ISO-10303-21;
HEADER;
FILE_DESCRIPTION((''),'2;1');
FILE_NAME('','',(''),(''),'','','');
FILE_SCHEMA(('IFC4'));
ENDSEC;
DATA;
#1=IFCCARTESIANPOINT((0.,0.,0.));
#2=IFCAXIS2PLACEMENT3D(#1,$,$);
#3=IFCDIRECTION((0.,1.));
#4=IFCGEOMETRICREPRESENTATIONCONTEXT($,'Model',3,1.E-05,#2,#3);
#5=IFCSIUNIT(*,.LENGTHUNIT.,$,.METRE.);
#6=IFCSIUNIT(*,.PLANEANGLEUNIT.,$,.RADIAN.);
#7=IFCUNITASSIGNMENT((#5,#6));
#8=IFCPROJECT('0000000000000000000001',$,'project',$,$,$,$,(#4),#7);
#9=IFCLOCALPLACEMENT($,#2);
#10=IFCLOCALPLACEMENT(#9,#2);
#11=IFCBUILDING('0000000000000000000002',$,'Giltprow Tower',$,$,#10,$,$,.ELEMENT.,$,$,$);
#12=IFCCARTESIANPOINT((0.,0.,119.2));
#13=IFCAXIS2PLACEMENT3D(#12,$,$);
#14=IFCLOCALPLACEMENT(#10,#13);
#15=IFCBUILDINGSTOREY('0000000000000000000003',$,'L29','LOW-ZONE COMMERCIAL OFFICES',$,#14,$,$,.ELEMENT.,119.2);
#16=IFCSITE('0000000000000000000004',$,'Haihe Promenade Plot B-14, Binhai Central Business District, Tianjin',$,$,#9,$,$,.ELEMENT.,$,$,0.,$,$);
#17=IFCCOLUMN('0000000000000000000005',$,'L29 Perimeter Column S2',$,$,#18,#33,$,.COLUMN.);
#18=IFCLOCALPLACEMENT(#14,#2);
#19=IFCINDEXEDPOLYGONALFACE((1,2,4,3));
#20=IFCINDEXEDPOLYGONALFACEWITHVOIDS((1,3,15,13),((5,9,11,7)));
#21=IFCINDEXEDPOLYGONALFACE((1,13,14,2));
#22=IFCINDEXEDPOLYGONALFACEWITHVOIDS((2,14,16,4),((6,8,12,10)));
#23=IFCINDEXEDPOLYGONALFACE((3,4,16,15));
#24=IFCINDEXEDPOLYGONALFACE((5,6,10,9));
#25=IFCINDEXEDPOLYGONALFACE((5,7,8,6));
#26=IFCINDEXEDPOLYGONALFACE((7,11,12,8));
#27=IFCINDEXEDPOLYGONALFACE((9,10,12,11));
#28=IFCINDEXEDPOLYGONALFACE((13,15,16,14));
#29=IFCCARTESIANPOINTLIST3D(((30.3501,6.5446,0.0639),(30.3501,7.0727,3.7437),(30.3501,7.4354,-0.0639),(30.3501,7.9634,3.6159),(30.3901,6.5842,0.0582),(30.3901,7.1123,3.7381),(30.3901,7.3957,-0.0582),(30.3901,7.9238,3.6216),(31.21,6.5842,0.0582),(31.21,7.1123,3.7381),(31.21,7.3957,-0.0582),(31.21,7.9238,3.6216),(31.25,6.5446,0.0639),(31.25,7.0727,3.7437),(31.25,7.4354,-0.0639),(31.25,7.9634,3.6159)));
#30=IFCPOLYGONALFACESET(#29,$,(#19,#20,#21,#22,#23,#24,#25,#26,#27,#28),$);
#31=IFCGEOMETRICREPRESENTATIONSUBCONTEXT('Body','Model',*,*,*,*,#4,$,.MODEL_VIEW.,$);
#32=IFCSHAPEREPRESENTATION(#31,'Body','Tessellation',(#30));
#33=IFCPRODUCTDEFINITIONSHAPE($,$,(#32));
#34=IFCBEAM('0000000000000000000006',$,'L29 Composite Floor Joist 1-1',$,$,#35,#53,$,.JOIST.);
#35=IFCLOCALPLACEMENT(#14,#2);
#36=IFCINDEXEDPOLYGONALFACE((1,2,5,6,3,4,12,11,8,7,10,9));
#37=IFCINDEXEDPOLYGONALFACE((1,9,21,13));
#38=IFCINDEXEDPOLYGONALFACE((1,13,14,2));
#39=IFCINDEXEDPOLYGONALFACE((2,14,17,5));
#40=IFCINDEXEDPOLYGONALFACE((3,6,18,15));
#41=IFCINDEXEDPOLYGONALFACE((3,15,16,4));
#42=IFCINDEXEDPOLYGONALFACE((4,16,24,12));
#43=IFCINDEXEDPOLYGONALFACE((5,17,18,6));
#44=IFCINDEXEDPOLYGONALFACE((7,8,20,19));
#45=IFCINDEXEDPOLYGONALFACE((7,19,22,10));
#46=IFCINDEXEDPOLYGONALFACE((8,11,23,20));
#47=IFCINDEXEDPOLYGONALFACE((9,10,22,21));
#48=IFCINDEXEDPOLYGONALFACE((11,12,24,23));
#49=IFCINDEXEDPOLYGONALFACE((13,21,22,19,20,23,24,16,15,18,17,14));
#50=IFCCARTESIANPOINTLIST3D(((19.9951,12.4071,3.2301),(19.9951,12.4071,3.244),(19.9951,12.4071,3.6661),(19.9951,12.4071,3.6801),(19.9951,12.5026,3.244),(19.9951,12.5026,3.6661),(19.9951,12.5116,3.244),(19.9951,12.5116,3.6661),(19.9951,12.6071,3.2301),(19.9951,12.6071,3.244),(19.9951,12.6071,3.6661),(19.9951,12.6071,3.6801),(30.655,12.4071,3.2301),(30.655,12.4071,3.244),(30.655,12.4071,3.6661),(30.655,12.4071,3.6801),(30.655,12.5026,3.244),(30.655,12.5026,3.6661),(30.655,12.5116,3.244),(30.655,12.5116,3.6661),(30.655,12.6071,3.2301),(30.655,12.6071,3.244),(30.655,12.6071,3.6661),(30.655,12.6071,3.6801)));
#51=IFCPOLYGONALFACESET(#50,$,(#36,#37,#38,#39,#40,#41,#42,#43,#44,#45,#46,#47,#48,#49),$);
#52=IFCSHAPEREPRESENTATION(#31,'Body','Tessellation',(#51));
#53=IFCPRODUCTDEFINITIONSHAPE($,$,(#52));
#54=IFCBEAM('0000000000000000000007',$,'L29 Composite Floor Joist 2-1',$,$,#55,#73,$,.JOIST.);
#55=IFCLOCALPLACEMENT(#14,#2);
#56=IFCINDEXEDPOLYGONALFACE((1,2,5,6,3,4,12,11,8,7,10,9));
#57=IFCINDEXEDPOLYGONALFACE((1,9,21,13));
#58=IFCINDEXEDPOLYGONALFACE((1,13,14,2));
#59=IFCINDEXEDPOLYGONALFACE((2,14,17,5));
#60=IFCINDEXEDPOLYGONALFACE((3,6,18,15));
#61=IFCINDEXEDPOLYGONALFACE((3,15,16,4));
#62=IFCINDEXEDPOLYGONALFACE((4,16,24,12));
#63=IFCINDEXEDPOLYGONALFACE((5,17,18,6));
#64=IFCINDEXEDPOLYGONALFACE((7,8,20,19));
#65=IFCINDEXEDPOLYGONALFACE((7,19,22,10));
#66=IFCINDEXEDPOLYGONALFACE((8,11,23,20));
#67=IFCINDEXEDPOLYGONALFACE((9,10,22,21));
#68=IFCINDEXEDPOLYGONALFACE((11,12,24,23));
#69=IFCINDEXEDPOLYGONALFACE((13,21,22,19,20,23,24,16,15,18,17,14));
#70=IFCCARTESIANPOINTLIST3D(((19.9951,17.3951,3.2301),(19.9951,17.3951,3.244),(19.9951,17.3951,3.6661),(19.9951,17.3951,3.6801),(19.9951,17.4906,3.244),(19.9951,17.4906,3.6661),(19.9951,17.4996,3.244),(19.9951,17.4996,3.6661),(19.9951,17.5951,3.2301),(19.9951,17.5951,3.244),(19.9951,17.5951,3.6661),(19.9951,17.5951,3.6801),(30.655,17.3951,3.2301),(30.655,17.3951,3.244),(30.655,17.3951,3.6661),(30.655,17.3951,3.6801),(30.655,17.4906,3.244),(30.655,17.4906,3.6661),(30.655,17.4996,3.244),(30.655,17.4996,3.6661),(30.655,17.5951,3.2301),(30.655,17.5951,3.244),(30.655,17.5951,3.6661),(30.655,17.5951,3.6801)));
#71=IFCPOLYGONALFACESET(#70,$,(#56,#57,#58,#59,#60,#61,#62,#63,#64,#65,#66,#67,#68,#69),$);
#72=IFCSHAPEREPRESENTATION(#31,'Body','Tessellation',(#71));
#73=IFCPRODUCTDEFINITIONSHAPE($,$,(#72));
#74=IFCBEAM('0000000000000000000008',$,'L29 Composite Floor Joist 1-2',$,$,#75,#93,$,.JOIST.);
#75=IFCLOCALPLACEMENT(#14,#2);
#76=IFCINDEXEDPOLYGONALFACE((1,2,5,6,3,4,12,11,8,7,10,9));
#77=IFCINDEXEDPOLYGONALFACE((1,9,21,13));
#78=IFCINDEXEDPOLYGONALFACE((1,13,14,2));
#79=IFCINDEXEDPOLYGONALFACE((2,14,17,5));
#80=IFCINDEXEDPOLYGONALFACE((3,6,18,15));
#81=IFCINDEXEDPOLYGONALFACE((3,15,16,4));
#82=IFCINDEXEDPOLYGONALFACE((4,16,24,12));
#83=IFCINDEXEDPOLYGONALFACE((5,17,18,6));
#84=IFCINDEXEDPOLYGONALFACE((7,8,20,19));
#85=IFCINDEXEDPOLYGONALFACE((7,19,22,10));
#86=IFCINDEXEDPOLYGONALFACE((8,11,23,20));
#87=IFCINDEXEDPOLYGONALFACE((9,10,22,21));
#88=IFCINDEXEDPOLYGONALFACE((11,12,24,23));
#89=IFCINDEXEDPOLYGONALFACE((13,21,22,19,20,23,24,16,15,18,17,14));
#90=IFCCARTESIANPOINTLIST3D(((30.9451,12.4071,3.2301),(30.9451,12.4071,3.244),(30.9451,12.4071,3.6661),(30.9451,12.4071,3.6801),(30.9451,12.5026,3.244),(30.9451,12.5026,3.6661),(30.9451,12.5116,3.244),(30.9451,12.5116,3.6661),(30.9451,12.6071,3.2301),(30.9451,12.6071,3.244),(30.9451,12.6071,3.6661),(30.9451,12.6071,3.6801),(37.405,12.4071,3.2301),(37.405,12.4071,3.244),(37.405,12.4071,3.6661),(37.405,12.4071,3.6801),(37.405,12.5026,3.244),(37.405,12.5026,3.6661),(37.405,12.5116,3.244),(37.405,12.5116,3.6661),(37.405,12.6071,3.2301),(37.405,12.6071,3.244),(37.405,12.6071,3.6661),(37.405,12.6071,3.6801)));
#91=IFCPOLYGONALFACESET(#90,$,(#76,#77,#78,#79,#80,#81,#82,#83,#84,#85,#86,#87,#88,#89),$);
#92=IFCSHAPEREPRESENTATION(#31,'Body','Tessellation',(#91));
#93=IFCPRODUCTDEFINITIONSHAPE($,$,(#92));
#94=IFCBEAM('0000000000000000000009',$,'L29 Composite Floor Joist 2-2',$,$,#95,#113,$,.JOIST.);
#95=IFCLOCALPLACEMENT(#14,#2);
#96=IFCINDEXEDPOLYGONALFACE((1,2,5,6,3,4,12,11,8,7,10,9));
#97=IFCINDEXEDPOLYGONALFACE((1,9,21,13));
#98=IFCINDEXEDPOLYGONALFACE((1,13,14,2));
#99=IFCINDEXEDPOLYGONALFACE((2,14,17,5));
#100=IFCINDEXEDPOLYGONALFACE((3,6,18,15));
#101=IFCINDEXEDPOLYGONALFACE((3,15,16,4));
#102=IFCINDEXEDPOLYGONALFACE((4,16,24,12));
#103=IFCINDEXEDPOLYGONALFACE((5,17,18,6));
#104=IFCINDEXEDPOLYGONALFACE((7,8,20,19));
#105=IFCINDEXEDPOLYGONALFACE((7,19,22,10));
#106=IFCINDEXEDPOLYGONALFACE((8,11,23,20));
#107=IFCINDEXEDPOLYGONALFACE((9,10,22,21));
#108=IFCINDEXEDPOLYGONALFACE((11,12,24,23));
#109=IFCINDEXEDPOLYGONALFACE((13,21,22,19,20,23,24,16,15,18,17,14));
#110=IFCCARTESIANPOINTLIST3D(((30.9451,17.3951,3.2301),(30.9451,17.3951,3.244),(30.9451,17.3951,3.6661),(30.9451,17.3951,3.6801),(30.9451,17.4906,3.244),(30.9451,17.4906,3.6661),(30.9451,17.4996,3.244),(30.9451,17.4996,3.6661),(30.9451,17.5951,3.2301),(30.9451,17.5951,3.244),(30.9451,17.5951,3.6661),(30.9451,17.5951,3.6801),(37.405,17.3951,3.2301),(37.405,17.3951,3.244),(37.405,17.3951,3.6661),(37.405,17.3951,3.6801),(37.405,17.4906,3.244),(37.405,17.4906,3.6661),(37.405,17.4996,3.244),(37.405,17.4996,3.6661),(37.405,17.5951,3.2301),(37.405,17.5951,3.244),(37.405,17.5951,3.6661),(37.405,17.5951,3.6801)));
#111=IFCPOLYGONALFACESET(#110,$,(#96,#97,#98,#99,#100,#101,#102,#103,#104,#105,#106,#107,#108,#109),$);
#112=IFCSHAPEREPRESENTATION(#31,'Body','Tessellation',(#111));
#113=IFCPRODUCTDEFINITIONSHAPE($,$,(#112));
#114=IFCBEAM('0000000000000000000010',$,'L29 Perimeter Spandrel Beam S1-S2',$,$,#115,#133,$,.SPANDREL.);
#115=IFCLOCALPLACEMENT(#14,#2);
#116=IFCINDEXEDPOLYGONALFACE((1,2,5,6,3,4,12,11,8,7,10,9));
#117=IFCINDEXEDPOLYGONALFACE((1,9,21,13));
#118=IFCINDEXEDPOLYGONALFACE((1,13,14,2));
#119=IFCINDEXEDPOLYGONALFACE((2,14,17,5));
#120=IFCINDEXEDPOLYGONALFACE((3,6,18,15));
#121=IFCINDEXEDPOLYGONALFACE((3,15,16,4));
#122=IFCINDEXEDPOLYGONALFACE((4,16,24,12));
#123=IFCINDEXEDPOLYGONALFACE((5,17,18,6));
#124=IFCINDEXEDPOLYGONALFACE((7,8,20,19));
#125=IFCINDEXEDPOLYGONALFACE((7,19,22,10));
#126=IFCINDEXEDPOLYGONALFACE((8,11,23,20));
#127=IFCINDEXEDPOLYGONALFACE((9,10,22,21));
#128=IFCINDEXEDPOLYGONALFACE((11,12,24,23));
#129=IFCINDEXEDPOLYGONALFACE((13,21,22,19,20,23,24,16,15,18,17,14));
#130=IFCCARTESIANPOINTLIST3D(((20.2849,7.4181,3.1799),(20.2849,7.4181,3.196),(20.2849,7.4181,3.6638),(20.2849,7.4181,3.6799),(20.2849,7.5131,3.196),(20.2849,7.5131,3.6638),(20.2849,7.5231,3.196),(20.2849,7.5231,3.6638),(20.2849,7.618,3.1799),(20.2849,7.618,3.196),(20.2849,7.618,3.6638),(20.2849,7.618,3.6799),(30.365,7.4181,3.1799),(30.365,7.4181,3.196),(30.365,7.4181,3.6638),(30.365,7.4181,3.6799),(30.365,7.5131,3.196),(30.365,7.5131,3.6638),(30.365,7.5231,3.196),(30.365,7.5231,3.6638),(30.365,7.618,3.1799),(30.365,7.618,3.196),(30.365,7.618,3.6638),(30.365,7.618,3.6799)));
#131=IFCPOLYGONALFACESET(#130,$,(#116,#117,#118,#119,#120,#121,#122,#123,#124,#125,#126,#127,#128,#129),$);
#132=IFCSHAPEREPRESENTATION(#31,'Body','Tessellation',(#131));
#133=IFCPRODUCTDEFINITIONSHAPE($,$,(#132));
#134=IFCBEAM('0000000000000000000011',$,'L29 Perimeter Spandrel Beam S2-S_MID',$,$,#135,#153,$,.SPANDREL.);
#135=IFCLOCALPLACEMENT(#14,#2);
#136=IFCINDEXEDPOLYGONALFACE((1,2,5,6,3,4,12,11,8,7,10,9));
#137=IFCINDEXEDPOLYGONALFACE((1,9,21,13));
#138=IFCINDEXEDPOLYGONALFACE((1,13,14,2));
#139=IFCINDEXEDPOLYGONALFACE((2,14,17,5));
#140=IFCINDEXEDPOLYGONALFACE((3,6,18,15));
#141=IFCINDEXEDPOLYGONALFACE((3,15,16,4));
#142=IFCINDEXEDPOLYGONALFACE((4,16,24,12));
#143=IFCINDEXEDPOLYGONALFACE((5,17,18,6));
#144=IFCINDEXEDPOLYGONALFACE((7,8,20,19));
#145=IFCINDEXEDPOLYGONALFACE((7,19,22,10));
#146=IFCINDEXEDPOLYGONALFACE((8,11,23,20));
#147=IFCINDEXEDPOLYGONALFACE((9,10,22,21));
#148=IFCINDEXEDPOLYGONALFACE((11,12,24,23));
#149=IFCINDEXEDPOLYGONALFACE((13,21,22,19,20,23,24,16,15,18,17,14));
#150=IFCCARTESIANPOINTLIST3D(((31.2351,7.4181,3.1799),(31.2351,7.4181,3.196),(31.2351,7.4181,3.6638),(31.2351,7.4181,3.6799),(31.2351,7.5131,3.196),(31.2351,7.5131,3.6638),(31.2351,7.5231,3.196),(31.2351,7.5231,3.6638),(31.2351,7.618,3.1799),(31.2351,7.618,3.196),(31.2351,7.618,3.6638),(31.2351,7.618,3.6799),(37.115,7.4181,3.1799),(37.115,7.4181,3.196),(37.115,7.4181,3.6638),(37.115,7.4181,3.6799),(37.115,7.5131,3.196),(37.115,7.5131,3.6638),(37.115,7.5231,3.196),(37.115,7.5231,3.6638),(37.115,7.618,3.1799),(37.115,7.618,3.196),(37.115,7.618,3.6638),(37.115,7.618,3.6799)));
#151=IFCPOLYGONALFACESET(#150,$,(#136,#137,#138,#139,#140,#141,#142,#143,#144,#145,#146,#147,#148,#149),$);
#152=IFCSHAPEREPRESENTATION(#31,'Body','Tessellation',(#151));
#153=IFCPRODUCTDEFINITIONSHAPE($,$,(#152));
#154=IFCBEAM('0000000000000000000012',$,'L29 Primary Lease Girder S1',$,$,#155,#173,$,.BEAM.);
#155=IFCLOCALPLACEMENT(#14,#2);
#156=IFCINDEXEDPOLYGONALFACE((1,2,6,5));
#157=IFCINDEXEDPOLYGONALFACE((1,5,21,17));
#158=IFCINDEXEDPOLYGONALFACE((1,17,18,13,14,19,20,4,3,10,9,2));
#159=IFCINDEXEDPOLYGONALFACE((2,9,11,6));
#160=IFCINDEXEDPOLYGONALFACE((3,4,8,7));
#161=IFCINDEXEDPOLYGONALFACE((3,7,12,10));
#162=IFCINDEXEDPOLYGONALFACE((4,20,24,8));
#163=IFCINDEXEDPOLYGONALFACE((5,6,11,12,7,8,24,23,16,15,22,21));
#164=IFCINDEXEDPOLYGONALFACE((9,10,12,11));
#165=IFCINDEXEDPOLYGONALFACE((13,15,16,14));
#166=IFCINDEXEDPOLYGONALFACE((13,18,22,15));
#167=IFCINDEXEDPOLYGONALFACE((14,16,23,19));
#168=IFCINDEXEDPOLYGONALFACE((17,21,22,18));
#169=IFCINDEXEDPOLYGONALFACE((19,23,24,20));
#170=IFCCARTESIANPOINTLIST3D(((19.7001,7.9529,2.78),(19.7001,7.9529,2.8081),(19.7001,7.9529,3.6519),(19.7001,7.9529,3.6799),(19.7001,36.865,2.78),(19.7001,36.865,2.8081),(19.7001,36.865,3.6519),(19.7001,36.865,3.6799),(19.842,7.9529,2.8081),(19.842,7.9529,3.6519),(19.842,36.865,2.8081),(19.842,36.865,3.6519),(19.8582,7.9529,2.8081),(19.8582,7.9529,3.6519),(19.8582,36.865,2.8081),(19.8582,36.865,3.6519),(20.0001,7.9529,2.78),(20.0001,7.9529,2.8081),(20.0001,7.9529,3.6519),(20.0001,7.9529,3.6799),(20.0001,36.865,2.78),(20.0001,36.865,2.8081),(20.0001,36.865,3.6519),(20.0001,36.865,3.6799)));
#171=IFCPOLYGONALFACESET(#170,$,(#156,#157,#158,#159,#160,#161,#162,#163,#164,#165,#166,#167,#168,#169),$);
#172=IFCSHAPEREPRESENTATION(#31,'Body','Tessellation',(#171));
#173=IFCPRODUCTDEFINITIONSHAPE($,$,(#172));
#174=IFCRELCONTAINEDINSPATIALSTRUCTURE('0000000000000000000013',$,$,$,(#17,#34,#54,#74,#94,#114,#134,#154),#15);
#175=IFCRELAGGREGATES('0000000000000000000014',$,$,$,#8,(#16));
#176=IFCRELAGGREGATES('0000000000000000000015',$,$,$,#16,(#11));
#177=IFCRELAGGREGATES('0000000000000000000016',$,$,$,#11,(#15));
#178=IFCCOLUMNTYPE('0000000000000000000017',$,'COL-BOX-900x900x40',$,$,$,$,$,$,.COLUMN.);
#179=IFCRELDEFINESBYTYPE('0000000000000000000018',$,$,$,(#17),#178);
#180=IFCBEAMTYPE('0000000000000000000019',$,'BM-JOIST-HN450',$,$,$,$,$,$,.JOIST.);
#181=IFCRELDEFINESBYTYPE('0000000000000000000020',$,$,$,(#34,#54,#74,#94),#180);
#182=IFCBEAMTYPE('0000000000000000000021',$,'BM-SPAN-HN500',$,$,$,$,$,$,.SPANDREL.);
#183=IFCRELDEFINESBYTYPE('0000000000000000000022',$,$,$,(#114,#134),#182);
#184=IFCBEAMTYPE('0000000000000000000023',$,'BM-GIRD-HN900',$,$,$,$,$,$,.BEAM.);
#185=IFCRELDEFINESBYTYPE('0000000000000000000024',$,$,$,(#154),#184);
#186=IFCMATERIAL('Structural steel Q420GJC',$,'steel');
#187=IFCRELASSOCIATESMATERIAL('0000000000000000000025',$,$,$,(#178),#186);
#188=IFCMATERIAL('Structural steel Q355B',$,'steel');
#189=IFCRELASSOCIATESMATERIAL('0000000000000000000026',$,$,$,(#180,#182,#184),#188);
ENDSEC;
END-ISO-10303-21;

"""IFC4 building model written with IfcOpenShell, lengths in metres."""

from ifc_helpers import new_model, si_unit, direction, frame, origin, origin_2d, place, context, subcontext, project, spatial, hollow_rectangle, i_section, extrude, source, transform, mapped, material, material_profile, profile_set, type_object, element, save


model = new_model("IFC4")

# Units and contexts
model_context = context("Model", 3, precision=1e-05, world=origin(), true_north=direction((0.0, 1.0)))
body_context = subcontext(model_context, "Body", "Model", "MODEL_VIEW")
ifc_project = project(units=[si_unit("LENGTHUNIT", "METRE"), si_unit("PLANEANGLEUNIT", "RADIAN")], contexts=[model_context])

# Site, building, storey
site_placement = place(None, origin())
site = spatial("IfcSite", under=ifc_project, at=site_placement, Name="Haihe Promenade Plot B-14, Binhai Central Business District, Tianjin", CompositionType="ELEMENT", RefElevation=0.0)
building_placement = place(site_placement, origin())
building = spatial("IfcBuilding", under=site, at=building_placement, Name="Giltprow Tower", CompositionType="ELEMENT")
storey_placement = place(building_placement, frame((0.0, 0.0, 119.2)))
storey = spatial("IfcBuildingStorey", under=building, at=storey_placement, Name="L29", Description="LOW-ZONE COMMERCIAL OFFICES", CompositionType="ELEMENT", Elevation=119.2)

# Column
ifc_material_1 = material(Name="Structural steel Q420GJC", Category="steel")
ifc_material_profile_1 = material_profile(ifc_material_1, hollow_rectangle(XDim=0.8999, YDim=0.8999, WallThickness=0.04, at=origin_2d()), Name="BOX 900x900x40")
ifc_profile_set_1 = profile_set([ifc_material_profile_1], Name="Structural steel Q420GJC")
column_type = type_object("IfcColumnType", Name="COL-BOX-900x900x40", PredefinedType="COLUMN", material=ifc_profile_set_1)
shared_shape_1 = source(origin(), body_context, "Body", "SweptSolid", [
    extrude(hollow_rectangle(XDim=0.8999, YDim=0.8999, WallThickness=0.04, at=origin_2d()), origin(), (0.0, 0.0, 1.0), 3.7175),
])
column_placement = place(storey_placement, frame((30.8, 6.99, 0.0), z_axis=(0.0, 0.142047, 0.98986), x_axis=(-1.0, 0.0, 0.0)))
element("IfcColumn", 1, at=column_placement, inside=storey, type_object=column_type, Name="L29 Perimeter Column S2", PredefinedType="COLUMN", context=body_context, shape_type="MappedRepresentation", body=[
    mapped(shared_shape_1, transform((0.0, 0.0, 0.0), x_axis=(1.0, 0.0, 0.0), y_axis=(0.0, 1.0, 0.0), z_axis=(0.0, 0.0, 1.0), scale=1.0)),
])

# Beams
ifc_material_2 = material(Name="Structural steel Q355B", Category="steel")
ifc_material_profile_2 = material_profile(ifc_material_2, i_section(OverallWidth=0.2, OverallDepth=0.45, WebThickness=0.009, FlangeThickness=0.0139, at=origin_2d()), Name="HN 450x200x9x14")
ifc_profile_set_2 = profile_set([ifc_material_profile_2], Name="Structural steel Q355B")
beam_type_1 = type_object("IfcBeamType", Name="BM-JOIST-HN450", PredefinedType="JOIST", material=ifc_profile_set_2)
shared_shape_2 = source(origin(), body_context, "Body", "SweptSolid", [
    extrude(i_section(OverallWidth=0.2, OverallDepth=0.45, WebThickness=0.009, FlangeThickness=0.0139, at=origin_2d()), origin(), (0.0, 0.0, 1.0), 10.6599),
])
for number, where, z_axis, x_axis, name in (
    (2, (19.9951, 12.5071, 3.4551), (1.0, 0.0, 0.0), (0.0, 1.0, 0.0), "L29 Composite Floor Joist 1-1"),
    (3, (19.9951, 17.4951, 3.4551), (1.0, 0.0, 0.0), (0.0, 1.0, 0.0), "L29 Composite Floor Joist 2-1"),
):
    element("IfcBeam", number, at=place(storey_placement, frame(where, z_axis=z_axis, x_axis=x_axis)), inside=storey, type_object=beam_type_1, Name=name, PredefinedType="JOIST", context=body_context, shape_type="MappedRepresentation", body=[
        mapped(shared_shape_2, transform((0.0, 0.0, 0.0), x_axis=(1.0, 0.0, 0.0), y_axis=(0.0, 1.0, 0.0), z_axis=(0.0, 0.0, 1.0), scale=1.0)),
    ])
shared_shape_3 = source(origin(), body_context, "Body", "SweptSolid", [
    extrude(i_section(OverallWidth=0.2, OverallDepth=0.45, WebThickness=0.009, FlangeThickness=0.0139, at=origin_2d()), origin(), (0.0, 0.0, 1.0), 6.46),
])
for number, where, z_axis, x_axis, name in (
    (4, (30.9451, 12.5071, 3.4551), (1.0, 0.0, 0.0), (0.0, 1.0, 0.0), "L29 Composite Floor Joist 1-2"),
    (5, (30.9451, 17.4951, 3.4551), (1.0, 0.0, 0.0), (0.0, 1.0, 0.0), "L29 Composite Floor Joist 2-2"),
):
    element("IfcBeam", number, at=place(storey_placement, frame(where, z_axis=z_axis, x_axis=x_axis)), inside=storey, type_object=beam_type_1, Name=name, PredefinedType="JOIST", context=body_context, shape_type="MappedRepresentation", body=[
        mapped(shared_shape_3, transform((0.0, 0.0, 0.0), x_axis=(1.0, 0.0, 0.0), y_axis=(0.0, 1.0, 0.0), z_axis=(0.0, 0.0, 1.0), scale=1.0)),
    ])
ifc_material_profile_3 = material_profile(ifc_material_2, i_section(OverallWidth=0.2, OverallDepth=0.5, WebThickness=0.01, FlangeThickness=0.0161, at=origin_2d()), Name="HN 500x200x10x16")
ifc_profile_set_3 = profile_set([ifc_material_profile_3], Name="Structural steel Q355B")
beam_type_2 = type_object("IfcBeamType", Name="BM-SPAN-HN500", PredefinedType="SPANDREL", material=ifc_profile_set_3)
shared_shape_4 = source(origin(), body_context, "Body", "SweptSolid", [
    extrude(i_section(OverallWidth=0.2, OverallDepth=0.5, WebThickness=0.01, FlangeThickness=0.0161, at=origin_2d()), origin(), (0.0, 0.0, 1.0), 10.0801),
])
beam_1_placement = place(storey_placement, frame((20.2849, 7.5181, 3.4299), z_axis=(1.0, 0.0, 0.0), x_axis=(0.0, 1.0, 0.0)))
element("IfcBeam", 6, at=beam_1_placement, inside=storey, type_object=beam_type_2, Name="L29 Perimeter Spandrel Beam S1-S2", PredefinedType="SPANDREL", context=body_context, shape_type="MappedRepresentation", body=[
    mapped(shared_shape_4, transform((0.0, 0.0, 0.0), x_axis=(1.0, 0.0, 0.0), y_axis=(0.0, 1.0, 0.0), z_axis=(0.0, 0.0, 1.0), scale=1.0)),
])
shared_shape_5 = source(origin(), body_context, "Body", "SweptSolid", [
    extrude(i_section(OverallWidth=0.2, OverallDepth=0.5, WebThickness=0.01, FlangeThickness=0.0161, at=origin_2d()), origin(), (0.0, 0.0, 1.0), 5.8799),
])
beam_2_placement = place(storey_placement, frame((31.2351, 7.5181, 3.4299), z_axis=(1.0, 0.0, 0.0), x_axis=(0.0, 1.0, 0.0)))
element("IfcBeam", 7, at=beam_2_placement, inside=storey, type_object=beam_type_2, Name="L29 Perimeter Spandrel Beam S2-S_MID", PredefinedType="SPANDREL", context=body_context, shape_type="MappedRepresentation", body=[
    mapped(shared_shape_5, transform((0.0, 0.0, 0.0), x_axis=(1.0, 0.0, 0.0), y_axis=(0.0, 1.0, 0.0), z_axis=(0.0, 0.0, 1.0), scale=1.0)),
])
ifc_material_profile_4 = material_profile(ifc_material_2, i_section(OverallWidth=0.3, OverallDepth=0.8999, WebThickness=0.0161, FlangeThickness=0.0281, at=origin_2d()), Name="HN 900x300x16x28")
ifc_profile_set_4 = profile_set([ifc_material_profile_4], Name="Structural steel Q355B")
beam_type_3 = type_object("IfcBeamType", Name="BM-GIRD-HN900", PredefinedType="BEAM", material=ifc_profile_set_4)
shared_shape_6 = source(origin(), body_context, "Body", "SweptSolid", [
    extrude(i_section(OverallWidth=0.3, OverallDepth=0.8999, WebThickness=0.0161, FlangeThickness=0.0281, at=origin_2d()), origin(), (0.0, 0.0, 1.0), 28.9121),
])
for number, where, z_axis, x_axis, name in (
    (8, (19.8501, 7.9529, 3.23), (0.0, 1.0, 0.0), (-1.0, 0.0, 0.0), "L29 Primary Lease Girder S1"),
):
    element("IfcBeam", number, at=place(storey_placement, frame(where, z_axis=z_axis, x_axis=x_axis)), inside=storey, type_object=beam_type_3, Name=name, PredefinedType="BEAM", context=body_context, shape_type="MappedRepresentation", body=[
        mapped(shared_shape_6, transform((0.0, 0.0, 0.0), x_axis=(1.0, 0.0, 0.0), y_axis=(0.0, 1.0, 0.0), z_axis=(0.0, 0.0, 1.0), scale=1.0)),
    ])

save(model, "model.ifc")
